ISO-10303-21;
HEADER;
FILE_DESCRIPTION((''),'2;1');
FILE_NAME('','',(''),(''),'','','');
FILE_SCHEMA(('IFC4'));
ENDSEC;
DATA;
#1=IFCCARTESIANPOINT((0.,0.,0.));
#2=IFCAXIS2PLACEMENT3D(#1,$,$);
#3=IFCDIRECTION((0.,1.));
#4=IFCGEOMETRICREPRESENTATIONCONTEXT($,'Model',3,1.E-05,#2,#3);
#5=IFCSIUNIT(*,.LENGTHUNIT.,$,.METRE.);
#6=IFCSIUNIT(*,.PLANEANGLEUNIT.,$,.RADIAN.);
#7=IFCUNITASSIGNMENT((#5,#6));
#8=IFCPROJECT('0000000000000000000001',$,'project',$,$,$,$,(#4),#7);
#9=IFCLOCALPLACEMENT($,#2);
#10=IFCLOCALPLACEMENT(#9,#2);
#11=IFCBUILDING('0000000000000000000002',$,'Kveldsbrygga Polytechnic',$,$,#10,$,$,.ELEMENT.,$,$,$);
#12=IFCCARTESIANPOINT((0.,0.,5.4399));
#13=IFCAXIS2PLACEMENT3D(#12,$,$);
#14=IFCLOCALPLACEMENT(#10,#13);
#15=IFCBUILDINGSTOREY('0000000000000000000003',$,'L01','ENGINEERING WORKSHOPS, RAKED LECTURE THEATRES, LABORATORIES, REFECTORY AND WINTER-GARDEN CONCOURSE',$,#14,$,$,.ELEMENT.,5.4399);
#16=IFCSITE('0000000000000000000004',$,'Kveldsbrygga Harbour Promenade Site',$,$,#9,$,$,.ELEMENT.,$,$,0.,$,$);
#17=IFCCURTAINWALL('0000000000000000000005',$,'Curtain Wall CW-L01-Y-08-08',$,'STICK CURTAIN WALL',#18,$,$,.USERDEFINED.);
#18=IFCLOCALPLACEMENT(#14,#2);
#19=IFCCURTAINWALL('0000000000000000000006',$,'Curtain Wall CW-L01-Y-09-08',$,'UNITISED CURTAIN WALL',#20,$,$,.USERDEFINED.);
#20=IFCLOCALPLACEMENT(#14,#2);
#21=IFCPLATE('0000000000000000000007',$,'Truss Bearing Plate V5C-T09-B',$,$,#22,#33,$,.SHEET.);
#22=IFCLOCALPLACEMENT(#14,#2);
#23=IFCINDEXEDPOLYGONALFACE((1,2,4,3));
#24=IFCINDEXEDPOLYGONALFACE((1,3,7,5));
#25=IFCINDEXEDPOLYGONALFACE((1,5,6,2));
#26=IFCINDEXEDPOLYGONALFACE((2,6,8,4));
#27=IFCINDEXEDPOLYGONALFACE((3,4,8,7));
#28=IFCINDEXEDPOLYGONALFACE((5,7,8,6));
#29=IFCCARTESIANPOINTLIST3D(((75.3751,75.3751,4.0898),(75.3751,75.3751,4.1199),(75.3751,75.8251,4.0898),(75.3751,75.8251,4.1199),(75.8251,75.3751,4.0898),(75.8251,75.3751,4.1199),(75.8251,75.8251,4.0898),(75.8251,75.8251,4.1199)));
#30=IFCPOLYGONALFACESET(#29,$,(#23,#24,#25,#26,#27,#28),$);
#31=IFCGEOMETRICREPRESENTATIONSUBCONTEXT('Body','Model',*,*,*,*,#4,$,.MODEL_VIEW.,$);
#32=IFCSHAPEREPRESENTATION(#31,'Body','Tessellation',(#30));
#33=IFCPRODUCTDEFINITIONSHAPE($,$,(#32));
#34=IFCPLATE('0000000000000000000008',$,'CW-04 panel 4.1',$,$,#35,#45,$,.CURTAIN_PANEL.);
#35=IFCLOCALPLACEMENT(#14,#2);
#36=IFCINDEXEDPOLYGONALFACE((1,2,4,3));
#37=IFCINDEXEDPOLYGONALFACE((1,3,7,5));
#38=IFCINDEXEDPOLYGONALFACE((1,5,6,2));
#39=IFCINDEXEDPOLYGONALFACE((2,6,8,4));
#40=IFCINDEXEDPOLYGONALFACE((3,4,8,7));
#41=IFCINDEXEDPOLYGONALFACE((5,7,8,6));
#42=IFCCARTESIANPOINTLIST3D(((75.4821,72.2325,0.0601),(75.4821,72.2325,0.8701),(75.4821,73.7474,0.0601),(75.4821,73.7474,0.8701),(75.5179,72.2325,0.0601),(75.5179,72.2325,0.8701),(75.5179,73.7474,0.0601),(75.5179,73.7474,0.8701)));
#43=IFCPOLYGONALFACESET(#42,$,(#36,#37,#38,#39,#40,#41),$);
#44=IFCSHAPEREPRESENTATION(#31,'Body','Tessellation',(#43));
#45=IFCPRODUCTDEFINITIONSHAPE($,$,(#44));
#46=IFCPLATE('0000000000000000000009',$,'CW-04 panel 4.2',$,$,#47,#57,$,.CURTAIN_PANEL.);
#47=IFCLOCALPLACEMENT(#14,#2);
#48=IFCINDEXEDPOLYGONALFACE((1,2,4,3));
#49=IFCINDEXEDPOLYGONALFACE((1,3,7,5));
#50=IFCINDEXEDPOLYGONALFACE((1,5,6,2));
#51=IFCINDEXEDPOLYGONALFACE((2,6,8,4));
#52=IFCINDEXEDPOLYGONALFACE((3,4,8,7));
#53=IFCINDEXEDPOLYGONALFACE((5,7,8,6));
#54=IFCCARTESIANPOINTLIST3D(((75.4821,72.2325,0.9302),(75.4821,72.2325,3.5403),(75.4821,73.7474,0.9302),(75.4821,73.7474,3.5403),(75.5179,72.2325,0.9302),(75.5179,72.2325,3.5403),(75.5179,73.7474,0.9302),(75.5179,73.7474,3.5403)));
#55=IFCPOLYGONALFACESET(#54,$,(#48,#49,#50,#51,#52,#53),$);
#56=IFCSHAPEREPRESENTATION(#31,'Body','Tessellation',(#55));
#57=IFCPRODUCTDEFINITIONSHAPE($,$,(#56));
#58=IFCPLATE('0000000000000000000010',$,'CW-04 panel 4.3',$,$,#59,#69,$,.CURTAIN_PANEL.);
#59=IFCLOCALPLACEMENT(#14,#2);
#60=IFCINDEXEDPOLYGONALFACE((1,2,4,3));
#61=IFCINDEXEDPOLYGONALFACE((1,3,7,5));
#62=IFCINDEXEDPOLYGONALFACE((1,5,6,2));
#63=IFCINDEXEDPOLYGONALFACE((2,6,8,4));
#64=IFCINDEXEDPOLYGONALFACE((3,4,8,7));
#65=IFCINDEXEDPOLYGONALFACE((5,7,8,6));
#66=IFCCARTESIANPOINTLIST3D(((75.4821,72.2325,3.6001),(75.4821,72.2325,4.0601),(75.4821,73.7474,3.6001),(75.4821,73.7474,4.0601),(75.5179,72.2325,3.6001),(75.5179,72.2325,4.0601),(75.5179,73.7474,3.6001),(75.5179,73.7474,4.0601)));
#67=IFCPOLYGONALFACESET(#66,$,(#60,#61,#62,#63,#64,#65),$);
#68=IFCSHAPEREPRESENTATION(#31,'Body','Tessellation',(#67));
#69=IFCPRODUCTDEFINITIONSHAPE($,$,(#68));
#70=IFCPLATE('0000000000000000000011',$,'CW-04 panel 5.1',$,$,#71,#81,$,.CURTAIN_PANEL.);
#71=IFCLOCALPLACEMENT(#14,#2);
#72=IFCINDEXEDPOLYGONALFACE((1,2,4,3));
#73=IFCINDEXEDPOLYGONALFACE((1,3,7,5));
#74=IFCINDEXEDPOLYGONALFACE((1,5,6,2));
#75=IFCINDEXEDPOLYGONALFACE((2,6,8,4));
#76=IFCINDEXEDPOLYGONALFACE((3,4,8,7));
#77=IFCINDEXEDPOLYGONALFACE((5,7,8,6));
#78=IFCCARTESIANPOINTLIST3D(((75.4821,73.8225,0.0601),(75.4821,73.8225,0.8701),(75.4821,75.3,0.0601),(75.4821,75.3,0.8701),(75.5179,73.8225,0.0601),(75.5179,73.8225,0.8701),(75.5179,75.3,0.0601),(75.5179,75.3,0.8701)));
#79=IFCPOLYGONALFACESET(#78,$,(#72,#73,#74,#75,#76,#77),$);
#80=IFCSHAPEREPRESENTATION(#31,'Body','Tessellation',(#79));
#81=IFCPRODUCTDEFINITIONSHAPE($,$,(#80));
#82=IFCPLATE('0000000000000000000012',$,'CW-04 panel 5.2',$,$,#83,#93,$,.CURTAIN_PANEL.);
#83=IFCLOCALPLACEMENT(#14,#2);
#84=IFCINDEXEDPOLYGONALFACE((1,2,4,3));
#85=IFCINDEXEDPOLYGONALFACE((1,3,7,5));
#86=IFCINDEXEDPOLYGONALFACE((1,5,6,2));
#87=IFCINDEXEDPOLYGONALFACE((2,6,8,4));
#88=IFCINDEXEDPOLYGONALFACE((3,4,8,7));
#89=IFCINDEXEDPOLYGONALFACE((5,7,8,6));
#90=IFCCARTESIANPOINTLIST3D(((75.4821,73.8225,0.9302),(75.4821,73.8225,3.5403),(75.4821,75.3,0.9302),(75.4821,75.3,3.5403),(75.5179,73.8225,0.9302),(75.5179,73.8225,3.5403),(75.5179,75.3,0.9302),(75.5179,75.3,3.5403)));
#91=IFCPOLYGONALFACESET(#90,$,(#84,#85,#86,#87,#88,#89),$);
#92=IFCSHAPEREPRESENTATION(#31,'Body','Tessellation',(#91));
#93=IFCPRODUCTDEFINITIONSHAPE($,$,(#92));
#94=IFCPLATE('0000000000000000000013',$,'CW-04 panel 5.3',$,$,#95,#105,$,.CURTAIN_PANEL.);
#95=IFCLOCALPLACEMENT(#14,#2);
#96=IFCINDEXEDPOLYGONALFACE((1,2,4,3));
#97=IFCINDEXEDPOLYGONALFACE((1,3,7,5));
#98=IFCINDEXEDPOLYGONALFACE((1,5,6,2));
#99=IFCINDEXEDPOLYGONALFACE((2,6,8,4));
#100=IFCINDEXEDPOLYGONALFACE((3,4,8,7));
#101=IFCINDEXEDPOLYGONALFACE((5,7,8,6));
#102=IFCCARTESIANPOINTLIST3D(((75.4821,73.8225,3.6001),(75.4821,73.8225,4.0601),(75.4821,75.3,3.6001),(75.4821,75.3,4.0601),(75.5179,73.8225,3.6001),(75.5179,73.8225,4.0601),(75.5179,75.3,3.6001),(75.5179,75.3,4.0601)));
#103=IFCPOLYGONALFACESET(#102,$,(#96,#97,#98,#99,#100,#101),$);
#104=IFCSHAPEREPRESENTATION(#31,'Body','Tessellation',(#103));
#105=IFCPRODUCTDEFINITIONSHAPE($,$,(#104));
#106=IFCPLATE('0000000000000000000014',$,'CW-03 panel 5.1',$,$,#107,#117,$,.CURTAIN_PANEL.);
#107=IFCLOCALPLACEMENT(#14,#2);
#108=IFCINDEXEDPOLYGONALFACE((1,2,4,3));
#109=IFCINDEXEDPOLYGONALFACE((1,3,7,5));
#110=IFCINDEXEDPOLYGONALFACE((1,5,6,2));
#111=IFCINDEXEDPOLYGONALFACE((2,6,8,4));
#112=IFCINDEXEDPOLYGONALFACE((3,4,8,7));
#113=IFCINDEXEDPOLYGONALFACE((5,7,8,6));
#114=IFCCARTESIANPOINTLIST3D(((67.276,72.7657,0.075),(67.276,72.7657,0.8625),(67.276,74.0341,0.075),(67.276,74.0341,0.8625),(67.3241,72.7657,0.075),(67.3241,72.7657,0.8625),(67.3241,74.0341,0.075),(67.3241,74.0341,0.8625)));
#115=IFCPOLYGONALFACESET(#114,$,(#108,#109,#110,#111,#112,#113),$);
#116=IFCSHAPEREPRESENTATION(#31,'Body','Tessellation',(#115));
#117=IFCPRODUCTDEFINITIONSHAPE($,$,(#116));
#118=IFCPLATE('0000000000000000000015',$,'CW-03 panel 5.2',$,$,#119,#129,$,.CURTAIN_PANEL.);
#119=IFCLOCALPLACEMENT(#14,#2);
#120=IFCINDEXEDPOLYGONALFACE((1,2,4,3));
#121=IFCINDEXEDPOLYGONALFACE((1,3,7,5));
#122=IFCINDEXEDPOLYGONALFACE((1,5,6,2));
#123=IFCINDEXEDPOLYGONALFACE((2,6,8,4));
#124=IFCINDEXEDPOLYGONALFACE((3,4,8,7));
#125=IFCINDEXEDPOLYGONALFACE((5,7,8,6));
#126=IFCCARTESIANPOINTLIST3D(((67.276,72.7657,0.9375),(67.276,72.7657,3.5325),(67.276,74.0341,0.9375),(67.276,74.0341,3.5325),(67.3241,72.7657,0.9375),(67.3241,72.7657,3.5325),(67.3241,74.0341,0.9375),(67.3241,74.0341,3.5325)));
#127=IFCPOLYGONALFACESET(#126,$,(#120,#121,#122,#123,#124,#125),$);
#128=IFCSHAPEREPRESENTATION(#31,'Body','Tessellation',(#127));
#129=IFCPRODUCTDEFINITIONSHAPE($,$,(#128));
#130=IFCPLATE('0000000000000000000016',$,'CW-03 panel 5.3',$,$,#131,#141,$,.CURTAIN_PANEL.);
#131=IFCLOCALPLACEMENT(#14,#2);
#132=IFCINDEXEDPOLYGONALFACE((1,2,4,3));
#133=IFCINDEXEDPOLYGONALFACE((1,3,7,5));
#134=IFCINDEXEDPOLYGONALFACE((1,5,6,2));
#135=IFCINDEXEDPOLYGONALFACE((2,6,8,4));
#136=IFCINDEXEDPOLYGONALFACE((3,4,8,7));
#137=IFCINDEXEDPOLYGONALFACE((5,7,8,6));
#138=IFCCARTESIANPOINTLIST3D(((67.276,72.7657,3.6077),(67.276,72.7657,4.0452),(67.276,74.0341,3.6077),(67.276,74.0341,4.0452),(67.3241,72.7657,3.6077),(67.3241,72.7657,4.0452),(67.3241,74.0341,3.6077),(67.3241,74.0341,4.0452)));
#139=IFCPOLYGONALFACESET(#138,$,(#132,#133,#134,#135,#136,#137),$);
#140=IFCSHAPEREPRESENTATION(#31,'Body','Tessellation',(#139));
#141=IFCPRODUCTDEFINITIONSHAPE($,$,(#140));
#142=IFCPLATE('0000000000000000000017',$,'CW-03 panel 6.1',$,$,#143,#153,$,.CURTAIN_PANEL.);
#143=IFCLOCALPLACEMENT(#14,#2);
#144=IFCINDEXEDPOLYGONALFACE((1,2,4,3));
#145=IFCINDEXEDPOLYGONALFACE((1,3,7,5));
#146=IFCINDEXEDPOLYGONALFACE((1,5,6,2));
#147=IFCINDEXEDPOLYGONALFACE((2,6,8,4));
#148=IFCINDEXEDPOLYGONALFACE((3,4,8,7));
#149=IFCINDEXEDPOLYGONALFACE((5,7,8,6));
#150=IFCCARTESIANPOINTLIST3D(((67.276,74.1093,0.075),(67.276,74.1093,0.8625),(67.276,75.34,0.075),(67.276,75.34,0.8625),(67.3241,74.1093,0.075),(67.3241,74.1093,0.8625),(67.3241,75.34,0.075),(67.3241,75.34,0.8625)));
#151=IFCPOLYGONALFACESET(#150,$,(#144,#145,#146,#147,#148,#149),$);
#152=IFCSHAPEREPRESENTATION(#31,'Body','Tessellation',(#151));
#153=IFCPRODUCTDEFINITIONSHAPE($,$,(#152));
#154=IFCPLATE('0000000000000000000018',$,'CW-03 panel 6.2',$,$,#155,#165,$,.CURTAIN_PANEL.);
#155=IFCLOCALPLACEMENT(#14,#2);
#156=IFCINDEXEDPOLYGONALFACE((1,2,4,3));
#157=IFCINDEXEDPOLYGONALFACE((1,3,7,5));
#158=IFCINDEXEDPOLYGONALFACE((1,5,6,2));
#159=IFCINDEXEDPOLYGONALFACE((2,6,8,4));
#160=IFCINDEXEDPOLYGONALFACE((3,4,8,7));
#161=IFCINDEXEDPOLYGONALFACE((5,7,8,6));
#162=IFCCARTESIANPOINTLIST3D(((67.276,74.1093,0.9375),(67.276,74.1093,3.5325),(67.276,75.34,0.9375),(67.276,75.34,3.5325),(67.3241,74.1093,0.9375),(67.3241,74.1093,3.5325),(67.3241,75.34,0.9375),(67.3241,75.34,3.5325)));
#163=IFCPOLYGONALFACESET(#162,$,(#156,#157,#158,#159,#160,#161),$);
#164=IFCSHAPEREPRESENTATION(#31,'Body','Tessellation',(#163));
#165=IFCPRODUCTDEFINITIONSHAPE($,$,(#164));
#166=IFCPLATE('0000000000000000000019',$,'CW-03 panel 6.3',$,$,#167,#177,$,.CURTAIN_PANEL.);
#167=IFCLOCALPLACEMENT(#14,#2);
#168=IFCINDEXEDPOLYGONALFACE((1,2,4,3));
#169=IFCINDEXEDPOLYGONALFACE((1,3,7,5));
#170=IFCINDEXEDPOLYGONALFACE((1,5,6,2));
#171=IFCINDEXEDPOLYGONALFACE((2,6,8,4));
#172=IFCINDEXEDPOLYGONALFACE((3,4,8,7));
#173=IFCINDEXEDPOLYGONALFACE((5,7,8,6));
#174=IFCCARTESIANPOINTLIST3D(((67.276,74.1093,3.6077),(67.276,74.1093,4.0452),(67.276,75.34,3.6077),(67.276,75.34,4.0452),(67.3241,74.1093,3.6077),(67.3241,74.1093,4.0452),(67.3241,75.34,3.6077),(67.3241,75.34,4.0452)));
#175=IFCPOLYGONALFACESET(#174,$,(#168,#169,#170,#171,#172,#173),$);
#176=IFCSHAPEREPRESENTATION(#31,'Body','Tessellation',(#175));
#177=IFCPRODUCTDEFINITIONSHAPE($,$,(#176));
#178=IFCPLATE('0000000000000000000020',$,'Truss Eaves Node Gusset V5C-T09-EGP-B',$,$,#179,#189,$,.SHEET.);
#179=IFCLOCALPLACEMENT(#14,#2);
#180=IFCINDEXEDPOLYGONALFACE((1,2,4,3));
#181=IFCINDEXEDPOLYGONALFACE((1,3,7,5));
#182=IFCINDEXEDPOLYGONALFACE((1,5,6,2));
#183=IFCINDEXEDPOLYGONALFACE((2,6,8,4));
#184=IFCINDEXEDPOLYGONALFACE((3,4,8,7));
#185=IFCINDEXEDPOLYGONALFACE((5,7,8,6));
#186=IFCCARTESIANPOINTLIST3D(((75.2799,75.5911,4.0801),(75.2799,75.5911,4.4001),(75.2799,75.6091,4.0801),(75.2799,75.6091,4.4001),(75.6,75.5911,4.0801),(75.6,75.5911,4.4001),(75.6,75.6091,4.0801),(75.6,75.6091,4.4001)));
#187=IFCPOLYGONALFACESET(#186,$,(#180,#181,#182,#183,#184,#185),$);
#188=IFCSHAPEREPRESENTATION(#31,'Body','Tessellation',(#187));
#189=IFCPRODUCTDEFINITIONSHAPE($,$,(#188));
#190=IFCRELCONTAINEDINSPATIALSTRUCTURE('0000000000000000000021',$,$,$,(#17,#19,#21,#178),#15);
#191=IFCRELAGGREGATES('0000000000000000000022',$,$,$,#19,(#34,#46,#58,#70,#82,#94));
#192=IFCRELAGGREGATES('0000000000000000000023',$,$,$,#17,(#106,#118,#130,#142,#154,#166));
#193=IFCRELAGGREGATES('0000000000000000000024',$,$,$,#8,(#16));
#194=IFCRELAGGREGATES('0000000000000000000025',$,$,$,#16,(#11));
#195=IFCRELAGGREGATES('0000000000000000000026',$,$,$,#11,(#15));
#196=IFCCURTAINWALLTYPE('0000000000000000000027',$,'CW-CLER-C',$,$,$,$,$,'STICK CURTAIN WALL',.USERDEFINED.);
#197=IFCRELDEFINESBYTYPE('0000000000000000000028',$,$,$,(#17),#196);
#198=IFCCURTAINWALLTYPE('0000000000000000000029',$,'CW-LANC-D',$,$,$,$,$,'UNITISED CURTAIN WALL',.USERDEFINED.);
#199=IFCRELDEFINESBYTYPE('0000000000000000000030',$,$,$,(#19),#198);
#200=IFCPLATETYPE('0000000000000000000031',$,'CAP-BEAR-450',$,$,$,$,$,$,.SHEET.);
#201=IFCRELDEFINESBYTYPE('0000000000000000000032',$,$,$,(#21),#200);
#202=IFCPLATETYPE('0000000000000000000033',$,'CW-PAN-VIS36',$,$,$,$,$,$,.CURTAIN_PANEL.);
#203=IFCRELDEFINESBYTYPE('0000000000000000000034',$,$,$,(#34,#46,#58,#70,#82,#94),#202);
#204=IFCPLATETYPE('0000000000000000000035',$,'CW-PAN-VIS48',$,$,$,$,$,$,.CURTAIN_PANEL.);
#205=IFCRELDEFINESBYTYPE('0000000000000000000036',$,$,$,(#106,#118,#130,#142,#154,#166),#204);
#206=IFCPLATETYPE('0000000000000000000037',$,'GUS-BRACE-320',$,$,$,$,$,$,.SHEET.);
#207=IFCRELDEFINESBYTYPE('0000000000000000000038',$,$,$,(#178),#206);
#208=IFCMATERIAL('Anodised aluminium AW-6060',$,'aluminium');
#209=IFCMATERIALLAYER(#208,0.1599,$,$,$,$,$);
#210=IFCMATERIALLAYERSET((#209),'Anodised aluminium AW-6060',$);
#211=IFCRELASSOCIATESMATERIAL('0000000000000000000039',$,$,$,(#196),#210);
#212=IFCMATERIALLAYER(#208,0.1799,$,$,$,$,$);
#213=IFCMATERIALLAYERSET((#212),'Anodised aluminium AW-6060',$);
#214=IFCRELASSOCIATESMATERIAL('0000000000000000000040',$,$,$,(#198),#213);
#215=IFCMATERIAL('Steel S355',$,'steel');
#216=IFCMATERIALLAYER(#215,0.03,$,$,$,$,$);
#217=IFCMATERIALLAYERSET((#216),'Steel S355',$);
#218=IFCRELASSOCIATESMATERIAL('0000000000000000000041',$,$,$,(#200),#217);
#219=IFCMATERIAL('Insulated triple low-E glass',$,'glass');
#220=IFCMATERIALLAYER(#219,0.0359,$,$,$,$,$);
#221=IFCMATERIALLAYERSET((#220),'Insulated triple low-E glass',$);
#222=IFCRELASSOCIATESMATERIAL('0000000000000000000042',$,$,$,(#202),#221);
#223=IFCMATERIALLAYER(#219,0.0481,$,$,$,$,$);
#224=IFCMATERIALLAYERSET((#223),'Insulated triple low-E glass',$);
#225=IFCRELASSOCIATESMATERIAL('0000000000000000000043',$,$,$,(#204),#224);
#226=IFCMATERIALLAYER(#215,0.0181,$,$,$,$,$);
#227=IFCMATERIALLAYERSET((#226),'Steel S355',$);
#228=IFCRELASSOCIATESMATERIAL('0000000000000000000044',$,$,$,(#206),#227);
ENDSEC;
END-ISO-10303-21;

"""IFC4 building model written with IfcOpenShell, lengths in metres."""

from ifc_helpers import new_model, si_unit, direction, frame, origin, origin_2d, place, context, subcontext, project, spatial, rectangle, extrude, material, layer, layer_set, type_object, element, aggregate, save


model = new_model("IFC4")

# Units and contexts
model_context = context("Model", 3, precision=1e-05, world=origin(), true_north=direction((0.0, 1.0)))
body_context = subcontext(model_context, "Body", "Model", "MODEL_VIEW")
ifc_project = project(units=[si_unit("LENGTHUNIT", "METRE"), si_unit("PLANEANGLEUNIT", "RADIAN")], contexts=[model_context])

# Site, building, storey
site_placement = place(None, origin())
site = spatial("IfcSite", under=ifc_project, at=site_placement, Name="Kveldsbrygga Harbour Promenade Site", CompositionType="ELEMENT", RefElevation=0.0)
building_placement = place(site_placement, origin())
building = spatial("IfcBuilding", under=site, at=building_placement, Name="Kveldsbrygga Polytechnic", CompositionType="ELEMENT")
storey_placement = place(building_placement, frame((0.0, 0.0, 5.4399)))
storey = spatial("IfcBuildingStorey", under=building, at=storey_placement, Name="L01", Description="ENGINEERING WORKSHOPS, RAKED LECTURE THEATRES, LABORATORIES, REFECTORY AND WINTER-GARDEN CONCOURSE", CompositionType="ELEMENT", Elevation=5.4399)

# Shared definitions
ifc_material_1 = material(Name="Anodised aluminium AW-6060", Category="aluminium")

# Curtain walls
ifc_layer_1 = layer(ifc_material_1, 0.1599)
ifc_layer_set_1 = layer_set([ifc_layer_1], Name="Anodised aluminium AW-6060")
curtain_wall_type_1 = type_object("IfcCurtainWallType", Name="CW-CLER-C", ElementType="STICK CURTAIN WALL", PredefinedType="USERDEFINED", material=ifc_layer_set_1)
curtain_wall_1_placement = place(storey_placement, origin())
curtain_wall_1 = element("IfcCurtainWall", 1, at=curtain_wall_1_placement, inside=storey, type_object=curtain_wall_type_1, Name="Curtain Wall CW-L01-Y-08-08", ObjectType="STICK CURTAIN WALL", PredefinedType="USERDEFINED")
ifc_layer_2 = layer(ifc_material_1, 0.1799)
ifc_layer_set_2 = layer_set([ifc_layer_2], Name="Anodised aluminium AW-6060")
curtain_wall_type_2 = type_object("IfcCurtainWallType", Name="CW-LANC-D", ElementType="UNITISED CURTAIN WALL", PredefinedType="USERDEFINED", material=ifc_layer_set_2)
curtain_wall_2_placement = place(storey_placement, origin())
curtain_wall_2 = element("IfcCurtainWall", 2, at=curtain_wall_2_placement, inside=storey, type_object=curtain_wall_type_2, Name="Curtain Wall CW-L01-Y-09-08", ObjectType="UNITISED CURTAIN WALL", PredefinedType="USERDEFINED")

# Shared definitions
ifc_material_2 = material(Name="Steel S355", Category="steel")

# Plates
ifc_layer_3 = layer(ifc_material_2, 0.03)
ifc_layer_set_3 = layer_set([ifc_layer_3], Name="Steel S355")
plate_type_1 = type_object("IfcPlateType", Name="CAP-BEAR-450", PredefinedType="SHEET", material=ifc_layer_set_3)
plate_1_placement = place(storey_placement, frame((75.6001, 75.6001, 4.0898), z_axis=(0.0, 0.0, 1.0), x_axis=(1.0, 0.0, 0.0)))
element("IfcPlate", 3, at=plate_1_placement, inside=storey, type_object=plate_type_1, Name="Truss Bearing Plate V5C-T09-B", PredefinedType="SHEET", context=body_context, shape_type="SweptSolid", body=[
    extrude(rectangle(XDim=0.45, YDim=0.45, at=origin_2d()), origin(), (0.0, 0.0, 1.0), 0.03),
])
ifc_material_3 = material(Name="Insulated triple low-E glass", Category="glass")
ifc_layer_4 = layer(ifc_material_3, 0.0359)
ifc_layer_set_4 = layer_set([ifc_layer_4], Name="Insulated triple low-E glass")
plate_type_2 = type_object("IfcPlateType", Name="CW-PAN-VIS36", PredefinedType="CURTAIN_PANEL", material=ifc_layer_set_4)
plate_2_placement = place(storey_placement, frame((75.5, 72.99, 0.0601), z_axis=(0.0, 0.0, 1.0), x_axis=(0.0, 1.0, 0.0)))
plate_2 = element("IfcPlate", 4, at=plate_2_placement, type_object=plate_type_2, Name="CW-04 panel 4.1", PredefinedType="CURTAIN_PANEL", context=body_context, shape_type="SweptSolid", body=[
    extrude(rectangle(XDim=1.5149, YDim=0.0359, at=origin_2d()), origin(), (0.0, 0.0, 1.0), 0.8101),
])
plate_3_placement = place(storey_placement, frame((75.5, 72.99, 0.9302), z_axis=(0.0, 0.0, 1.0), x_axis=(0.0, 1.0, 0.0)))
plate_3 = element("IfcPlate", 5, at=plate_3_placement, type_object=plate_type_2, Name="CW-04 panel 4.2", PredefinedType="CURTAIN_PANEL", context=body_context, shape_type="SweptSolid", body=[
    extrude(rectangle(XDim=1.5149, YDim=0.0359, at=origin_2d()), origin(), (0.0, 0.0, 1.0), 2.6101),
])
plate_4_placement = place(storey_placement, frame((75.5, 72.99, 3.6001), z_axis=(0.0, 0.0, 1.0), x_axis=(0.0, 1.0, 0.0)))
plate_4 = element("IfcPlate", 6, at=plate_4_placement, type_object=plate_type_2, Name="CW-04 panel 4.3", PredefinedType="CURTAIN_PANEL", context=body_context, shape_type="SweptSolid", body=[
    extrude(rectangle(XDim=1.5149, YDim=0.0359, at=origin_2d()), origin(), (0.0, 0.0, 1.0), 0.46),
])
plate_5_placement = place(storey_placement, frame((75.5, 74.5613, 0.0601), z_axis=(0.0, 0.0, 1.0), x_axis=(0.0, 1.0, 0.0)))
plate_5 = element("IfcPlate", 7, at=plate_5_placement, type_object=plate_type_2, Name="CW-04 panel 5.1", PredefinedType="CURTAIN_PANEL", context=body_context, shape_type="SweptSolid", body=[
    extrude(rectangle(XDim=1.4775, YDim=0.0359, at=origin_2d()), origin(), (0.0, 0.0, 1.0), 0.8101),
])
plate_6_placement = place(storey_placement, frame((75.5, 74.5613, 0.9302), z_axis=(0.0, 0.0, 1.0), x_axis=(0.0, 1.0, 0.0)))
plate_6 = element("IfcPlate", 8, at=plate_6_placement, type_object=plate_type_2, Name="CW-04 panel 5.2", PredefinedType="CURTAIN_PANEL", context=body_context, shape_type="SweptSolid", body=[
    extrude(rectangle(XDim=1.4775, YDim=0.0359, at=origin_2d()), origin(), (0.0, 0.0, 1.0), 2.6101),
])
plate_7_placement = place(storey_placement, frame((75.5, 74.5613, 3.6001), z_axis=(0.0, 0.0, 1.0), x_axis=(0.0, 1.0, 0.0)))
plate_7 = element("IfcPlate", 9, at=plate_7_placement, type_object=plate_type_2, Name="CW-04 panel 5.3", PredefinedType="CURTAIN_PANEL", context=body_context, shape_type="SweptSolid", body=[
    extrude(rectangle(XDim=1.4775, YDim=0.0359, at=origin_2d()), origin(), (0.0, 0.0, 1.0), 0.46),
])
aggregate(curtain_wall_2, [plate_2, plate_3, plate_4, plate_5, plate_6, plate_7])
ifc_layer_5 = layer(ifc_material_3, 0.0481)
ifc_layer_set_5 = layer_set([ifc_layer_5], Name="Insulated triple low-E glass")
plate_type_3 = type_object("IfcPlateType", Name="CW-PAN-VIS48", PredefinedType="CURTAIN_PANEL", material=ifc_layer_set_5)
plate_8_placement = place(storey_placement, frame((67.3, 73.3999, 0.075), z_axis=(0.0, 0.0, 1.0), x_axis=(0.0, 1.0, 0.0)))
plate_8 = element("IfcPlate", 10, at=plate_8_placement, type_object=plate_type_3, Name="CW-03 panel 5.1", PredefinedType="CURTAIN_PANEL", context=body_context, shape_type="SweptSolid", body=[
    extrude(rectangle(XDim=1.2683, YDim=0.0481, at=origin_2d()), origin(), (0.0, 0.0, 1.0), 0.7876),
])
plate_9_placement = place(storey_placement, frame((67.3, 73.3999, 0.9375), z_axis=(0.0, 0.0, 1.0), x_axis=(0.0, 1.0, 0.0)))
plate_9 = element("IfcPlate", 11, at=plate_9_placement, type_object=plate_type_3, Name="CW-03 panel 5.2", PredefinedType="CURTAIN_PANEL", context=body_context, shape_type="SweptSolid", body=[
    extrude(rectangle(XDim=1.2683, YDim=0.0481, at=origin_2d()), origin(), (0.0, 0.0, 1.0), 2.595),
])
plate_10_placement = place(storey_placement, frame((67.3, 73.3999, 3.6077), z_axis=(0.0, 0.0, 1.0), x_axis=(0.0, 1.0, 0.0)))
plate_10 = element("IfcPlate", 12, at=plate_10_placement, type_object=plate_type_3, Name="CW-03 panel 5.3", PredefinedType="CURTAIN_PANEL", context=body_context, shape_type="SweptSolid", body=[
    extrude(rectangle(XDim=1.2683, YDim=0.0481, at=origin_2d()), origin(), (0.0, 0.0, 1.0), 0.4375),
])
plate_11_placement = place(storey_placement, frame((67.3, 74.7246, 0.075), z_axis=(0.0, 0.0, 1.0), x_axis=(0.0, 1.0, 0.0)))
plate_11 = element("IfcPlate", 13, at=plate_11_placement, type_object=plate_type_3, Name="CW-03 panel 6.1", PredefinedType="CURTAIN_PANEL", context=body_context, shape_type="SweptSolid", body=[
    extrude(rectangle(XDim=1.2307, YDim=0.0481, at=origin_2d()), origin(), (0.0, 0.0, 1.0), 0.7876),
])
plate_12_placement = place(storey_placement, frame((67.3, 74.7246, 0.9375), z_axis=(0.0, 0.0, 1.0), x_axis=(0.0, 1.0, 0.0)))
plate_12 = element("IfcPlate", 14, at=plate_12_placement, type_object=plate_type_3, Name="CW-03 panel 6.2", PredefinedType="CURTAIN_PANEL", context=body_context, shape_type="SweptSolid", body=[
    extrude(rectangle(XDim=1.2307, YDim=0.0481, at=origin_2d()), origin(), (0.0, 0.0, 1.0), 2.595),
])
plate_13_placement = place(storey_placement, frame((67.3, 74.7246, 3.6077), z_axis=(0.0, 0.0, 1.0), x_axis=(0.0, 1.0, 0.0)))
plate_13 = element("IfcPlate", 15, at=plate_13_placement, type_object=plate_type_3, Name="CW-03 panel 6.3", PredefinedType="CURTAIN_PANEL", context=body_context, shape_type="SweptSolid", body=[
    extrude(rectangle(XDim=1.2307, YDim=0.0481, at=origin_2d()), origin(), (0.0, 0.0, 1.0), 0.4375),
])
aggregate(curtain_wall_1, [plate_8, plate_9, plate_10, plate_11, plate_12, plate_13])

# Plate
ifc_layer_6 = layer(ifc_material_2, 0.0181)
ifc_layer_set_6 = layer_set([ifc_layer_6], Name="Steel S355")
plate_type_4 = type_object("IfcPlateType", Name="GUS-BRACE-320", PredefinedType="SHEET", material=ifc_layer_set_6)
plate_14_placement = place(storey_placement, frame((75.4399, 75.6001, 4.0801), z_axis=(0.0, 0.0, 1.0), x_axis=(1.0, 0.0, 0.0)))
element("IfcPlate", 16, at=plate_14_placement, inside=storey, type_object=plate_type_4, Name="Truss Eaves Node Gusset V5C-T09-EGP-B", PredefinedType="SHEET", context=body_context, shape_type="SweptSolid", body=[
    extrude(rectangle(XDim=0.3201, YDim=0.0181, at=origin_2d()), origin(), (0.0, 0.0, 1.0), 0.3201),
])

save(model, "model.ifc")
